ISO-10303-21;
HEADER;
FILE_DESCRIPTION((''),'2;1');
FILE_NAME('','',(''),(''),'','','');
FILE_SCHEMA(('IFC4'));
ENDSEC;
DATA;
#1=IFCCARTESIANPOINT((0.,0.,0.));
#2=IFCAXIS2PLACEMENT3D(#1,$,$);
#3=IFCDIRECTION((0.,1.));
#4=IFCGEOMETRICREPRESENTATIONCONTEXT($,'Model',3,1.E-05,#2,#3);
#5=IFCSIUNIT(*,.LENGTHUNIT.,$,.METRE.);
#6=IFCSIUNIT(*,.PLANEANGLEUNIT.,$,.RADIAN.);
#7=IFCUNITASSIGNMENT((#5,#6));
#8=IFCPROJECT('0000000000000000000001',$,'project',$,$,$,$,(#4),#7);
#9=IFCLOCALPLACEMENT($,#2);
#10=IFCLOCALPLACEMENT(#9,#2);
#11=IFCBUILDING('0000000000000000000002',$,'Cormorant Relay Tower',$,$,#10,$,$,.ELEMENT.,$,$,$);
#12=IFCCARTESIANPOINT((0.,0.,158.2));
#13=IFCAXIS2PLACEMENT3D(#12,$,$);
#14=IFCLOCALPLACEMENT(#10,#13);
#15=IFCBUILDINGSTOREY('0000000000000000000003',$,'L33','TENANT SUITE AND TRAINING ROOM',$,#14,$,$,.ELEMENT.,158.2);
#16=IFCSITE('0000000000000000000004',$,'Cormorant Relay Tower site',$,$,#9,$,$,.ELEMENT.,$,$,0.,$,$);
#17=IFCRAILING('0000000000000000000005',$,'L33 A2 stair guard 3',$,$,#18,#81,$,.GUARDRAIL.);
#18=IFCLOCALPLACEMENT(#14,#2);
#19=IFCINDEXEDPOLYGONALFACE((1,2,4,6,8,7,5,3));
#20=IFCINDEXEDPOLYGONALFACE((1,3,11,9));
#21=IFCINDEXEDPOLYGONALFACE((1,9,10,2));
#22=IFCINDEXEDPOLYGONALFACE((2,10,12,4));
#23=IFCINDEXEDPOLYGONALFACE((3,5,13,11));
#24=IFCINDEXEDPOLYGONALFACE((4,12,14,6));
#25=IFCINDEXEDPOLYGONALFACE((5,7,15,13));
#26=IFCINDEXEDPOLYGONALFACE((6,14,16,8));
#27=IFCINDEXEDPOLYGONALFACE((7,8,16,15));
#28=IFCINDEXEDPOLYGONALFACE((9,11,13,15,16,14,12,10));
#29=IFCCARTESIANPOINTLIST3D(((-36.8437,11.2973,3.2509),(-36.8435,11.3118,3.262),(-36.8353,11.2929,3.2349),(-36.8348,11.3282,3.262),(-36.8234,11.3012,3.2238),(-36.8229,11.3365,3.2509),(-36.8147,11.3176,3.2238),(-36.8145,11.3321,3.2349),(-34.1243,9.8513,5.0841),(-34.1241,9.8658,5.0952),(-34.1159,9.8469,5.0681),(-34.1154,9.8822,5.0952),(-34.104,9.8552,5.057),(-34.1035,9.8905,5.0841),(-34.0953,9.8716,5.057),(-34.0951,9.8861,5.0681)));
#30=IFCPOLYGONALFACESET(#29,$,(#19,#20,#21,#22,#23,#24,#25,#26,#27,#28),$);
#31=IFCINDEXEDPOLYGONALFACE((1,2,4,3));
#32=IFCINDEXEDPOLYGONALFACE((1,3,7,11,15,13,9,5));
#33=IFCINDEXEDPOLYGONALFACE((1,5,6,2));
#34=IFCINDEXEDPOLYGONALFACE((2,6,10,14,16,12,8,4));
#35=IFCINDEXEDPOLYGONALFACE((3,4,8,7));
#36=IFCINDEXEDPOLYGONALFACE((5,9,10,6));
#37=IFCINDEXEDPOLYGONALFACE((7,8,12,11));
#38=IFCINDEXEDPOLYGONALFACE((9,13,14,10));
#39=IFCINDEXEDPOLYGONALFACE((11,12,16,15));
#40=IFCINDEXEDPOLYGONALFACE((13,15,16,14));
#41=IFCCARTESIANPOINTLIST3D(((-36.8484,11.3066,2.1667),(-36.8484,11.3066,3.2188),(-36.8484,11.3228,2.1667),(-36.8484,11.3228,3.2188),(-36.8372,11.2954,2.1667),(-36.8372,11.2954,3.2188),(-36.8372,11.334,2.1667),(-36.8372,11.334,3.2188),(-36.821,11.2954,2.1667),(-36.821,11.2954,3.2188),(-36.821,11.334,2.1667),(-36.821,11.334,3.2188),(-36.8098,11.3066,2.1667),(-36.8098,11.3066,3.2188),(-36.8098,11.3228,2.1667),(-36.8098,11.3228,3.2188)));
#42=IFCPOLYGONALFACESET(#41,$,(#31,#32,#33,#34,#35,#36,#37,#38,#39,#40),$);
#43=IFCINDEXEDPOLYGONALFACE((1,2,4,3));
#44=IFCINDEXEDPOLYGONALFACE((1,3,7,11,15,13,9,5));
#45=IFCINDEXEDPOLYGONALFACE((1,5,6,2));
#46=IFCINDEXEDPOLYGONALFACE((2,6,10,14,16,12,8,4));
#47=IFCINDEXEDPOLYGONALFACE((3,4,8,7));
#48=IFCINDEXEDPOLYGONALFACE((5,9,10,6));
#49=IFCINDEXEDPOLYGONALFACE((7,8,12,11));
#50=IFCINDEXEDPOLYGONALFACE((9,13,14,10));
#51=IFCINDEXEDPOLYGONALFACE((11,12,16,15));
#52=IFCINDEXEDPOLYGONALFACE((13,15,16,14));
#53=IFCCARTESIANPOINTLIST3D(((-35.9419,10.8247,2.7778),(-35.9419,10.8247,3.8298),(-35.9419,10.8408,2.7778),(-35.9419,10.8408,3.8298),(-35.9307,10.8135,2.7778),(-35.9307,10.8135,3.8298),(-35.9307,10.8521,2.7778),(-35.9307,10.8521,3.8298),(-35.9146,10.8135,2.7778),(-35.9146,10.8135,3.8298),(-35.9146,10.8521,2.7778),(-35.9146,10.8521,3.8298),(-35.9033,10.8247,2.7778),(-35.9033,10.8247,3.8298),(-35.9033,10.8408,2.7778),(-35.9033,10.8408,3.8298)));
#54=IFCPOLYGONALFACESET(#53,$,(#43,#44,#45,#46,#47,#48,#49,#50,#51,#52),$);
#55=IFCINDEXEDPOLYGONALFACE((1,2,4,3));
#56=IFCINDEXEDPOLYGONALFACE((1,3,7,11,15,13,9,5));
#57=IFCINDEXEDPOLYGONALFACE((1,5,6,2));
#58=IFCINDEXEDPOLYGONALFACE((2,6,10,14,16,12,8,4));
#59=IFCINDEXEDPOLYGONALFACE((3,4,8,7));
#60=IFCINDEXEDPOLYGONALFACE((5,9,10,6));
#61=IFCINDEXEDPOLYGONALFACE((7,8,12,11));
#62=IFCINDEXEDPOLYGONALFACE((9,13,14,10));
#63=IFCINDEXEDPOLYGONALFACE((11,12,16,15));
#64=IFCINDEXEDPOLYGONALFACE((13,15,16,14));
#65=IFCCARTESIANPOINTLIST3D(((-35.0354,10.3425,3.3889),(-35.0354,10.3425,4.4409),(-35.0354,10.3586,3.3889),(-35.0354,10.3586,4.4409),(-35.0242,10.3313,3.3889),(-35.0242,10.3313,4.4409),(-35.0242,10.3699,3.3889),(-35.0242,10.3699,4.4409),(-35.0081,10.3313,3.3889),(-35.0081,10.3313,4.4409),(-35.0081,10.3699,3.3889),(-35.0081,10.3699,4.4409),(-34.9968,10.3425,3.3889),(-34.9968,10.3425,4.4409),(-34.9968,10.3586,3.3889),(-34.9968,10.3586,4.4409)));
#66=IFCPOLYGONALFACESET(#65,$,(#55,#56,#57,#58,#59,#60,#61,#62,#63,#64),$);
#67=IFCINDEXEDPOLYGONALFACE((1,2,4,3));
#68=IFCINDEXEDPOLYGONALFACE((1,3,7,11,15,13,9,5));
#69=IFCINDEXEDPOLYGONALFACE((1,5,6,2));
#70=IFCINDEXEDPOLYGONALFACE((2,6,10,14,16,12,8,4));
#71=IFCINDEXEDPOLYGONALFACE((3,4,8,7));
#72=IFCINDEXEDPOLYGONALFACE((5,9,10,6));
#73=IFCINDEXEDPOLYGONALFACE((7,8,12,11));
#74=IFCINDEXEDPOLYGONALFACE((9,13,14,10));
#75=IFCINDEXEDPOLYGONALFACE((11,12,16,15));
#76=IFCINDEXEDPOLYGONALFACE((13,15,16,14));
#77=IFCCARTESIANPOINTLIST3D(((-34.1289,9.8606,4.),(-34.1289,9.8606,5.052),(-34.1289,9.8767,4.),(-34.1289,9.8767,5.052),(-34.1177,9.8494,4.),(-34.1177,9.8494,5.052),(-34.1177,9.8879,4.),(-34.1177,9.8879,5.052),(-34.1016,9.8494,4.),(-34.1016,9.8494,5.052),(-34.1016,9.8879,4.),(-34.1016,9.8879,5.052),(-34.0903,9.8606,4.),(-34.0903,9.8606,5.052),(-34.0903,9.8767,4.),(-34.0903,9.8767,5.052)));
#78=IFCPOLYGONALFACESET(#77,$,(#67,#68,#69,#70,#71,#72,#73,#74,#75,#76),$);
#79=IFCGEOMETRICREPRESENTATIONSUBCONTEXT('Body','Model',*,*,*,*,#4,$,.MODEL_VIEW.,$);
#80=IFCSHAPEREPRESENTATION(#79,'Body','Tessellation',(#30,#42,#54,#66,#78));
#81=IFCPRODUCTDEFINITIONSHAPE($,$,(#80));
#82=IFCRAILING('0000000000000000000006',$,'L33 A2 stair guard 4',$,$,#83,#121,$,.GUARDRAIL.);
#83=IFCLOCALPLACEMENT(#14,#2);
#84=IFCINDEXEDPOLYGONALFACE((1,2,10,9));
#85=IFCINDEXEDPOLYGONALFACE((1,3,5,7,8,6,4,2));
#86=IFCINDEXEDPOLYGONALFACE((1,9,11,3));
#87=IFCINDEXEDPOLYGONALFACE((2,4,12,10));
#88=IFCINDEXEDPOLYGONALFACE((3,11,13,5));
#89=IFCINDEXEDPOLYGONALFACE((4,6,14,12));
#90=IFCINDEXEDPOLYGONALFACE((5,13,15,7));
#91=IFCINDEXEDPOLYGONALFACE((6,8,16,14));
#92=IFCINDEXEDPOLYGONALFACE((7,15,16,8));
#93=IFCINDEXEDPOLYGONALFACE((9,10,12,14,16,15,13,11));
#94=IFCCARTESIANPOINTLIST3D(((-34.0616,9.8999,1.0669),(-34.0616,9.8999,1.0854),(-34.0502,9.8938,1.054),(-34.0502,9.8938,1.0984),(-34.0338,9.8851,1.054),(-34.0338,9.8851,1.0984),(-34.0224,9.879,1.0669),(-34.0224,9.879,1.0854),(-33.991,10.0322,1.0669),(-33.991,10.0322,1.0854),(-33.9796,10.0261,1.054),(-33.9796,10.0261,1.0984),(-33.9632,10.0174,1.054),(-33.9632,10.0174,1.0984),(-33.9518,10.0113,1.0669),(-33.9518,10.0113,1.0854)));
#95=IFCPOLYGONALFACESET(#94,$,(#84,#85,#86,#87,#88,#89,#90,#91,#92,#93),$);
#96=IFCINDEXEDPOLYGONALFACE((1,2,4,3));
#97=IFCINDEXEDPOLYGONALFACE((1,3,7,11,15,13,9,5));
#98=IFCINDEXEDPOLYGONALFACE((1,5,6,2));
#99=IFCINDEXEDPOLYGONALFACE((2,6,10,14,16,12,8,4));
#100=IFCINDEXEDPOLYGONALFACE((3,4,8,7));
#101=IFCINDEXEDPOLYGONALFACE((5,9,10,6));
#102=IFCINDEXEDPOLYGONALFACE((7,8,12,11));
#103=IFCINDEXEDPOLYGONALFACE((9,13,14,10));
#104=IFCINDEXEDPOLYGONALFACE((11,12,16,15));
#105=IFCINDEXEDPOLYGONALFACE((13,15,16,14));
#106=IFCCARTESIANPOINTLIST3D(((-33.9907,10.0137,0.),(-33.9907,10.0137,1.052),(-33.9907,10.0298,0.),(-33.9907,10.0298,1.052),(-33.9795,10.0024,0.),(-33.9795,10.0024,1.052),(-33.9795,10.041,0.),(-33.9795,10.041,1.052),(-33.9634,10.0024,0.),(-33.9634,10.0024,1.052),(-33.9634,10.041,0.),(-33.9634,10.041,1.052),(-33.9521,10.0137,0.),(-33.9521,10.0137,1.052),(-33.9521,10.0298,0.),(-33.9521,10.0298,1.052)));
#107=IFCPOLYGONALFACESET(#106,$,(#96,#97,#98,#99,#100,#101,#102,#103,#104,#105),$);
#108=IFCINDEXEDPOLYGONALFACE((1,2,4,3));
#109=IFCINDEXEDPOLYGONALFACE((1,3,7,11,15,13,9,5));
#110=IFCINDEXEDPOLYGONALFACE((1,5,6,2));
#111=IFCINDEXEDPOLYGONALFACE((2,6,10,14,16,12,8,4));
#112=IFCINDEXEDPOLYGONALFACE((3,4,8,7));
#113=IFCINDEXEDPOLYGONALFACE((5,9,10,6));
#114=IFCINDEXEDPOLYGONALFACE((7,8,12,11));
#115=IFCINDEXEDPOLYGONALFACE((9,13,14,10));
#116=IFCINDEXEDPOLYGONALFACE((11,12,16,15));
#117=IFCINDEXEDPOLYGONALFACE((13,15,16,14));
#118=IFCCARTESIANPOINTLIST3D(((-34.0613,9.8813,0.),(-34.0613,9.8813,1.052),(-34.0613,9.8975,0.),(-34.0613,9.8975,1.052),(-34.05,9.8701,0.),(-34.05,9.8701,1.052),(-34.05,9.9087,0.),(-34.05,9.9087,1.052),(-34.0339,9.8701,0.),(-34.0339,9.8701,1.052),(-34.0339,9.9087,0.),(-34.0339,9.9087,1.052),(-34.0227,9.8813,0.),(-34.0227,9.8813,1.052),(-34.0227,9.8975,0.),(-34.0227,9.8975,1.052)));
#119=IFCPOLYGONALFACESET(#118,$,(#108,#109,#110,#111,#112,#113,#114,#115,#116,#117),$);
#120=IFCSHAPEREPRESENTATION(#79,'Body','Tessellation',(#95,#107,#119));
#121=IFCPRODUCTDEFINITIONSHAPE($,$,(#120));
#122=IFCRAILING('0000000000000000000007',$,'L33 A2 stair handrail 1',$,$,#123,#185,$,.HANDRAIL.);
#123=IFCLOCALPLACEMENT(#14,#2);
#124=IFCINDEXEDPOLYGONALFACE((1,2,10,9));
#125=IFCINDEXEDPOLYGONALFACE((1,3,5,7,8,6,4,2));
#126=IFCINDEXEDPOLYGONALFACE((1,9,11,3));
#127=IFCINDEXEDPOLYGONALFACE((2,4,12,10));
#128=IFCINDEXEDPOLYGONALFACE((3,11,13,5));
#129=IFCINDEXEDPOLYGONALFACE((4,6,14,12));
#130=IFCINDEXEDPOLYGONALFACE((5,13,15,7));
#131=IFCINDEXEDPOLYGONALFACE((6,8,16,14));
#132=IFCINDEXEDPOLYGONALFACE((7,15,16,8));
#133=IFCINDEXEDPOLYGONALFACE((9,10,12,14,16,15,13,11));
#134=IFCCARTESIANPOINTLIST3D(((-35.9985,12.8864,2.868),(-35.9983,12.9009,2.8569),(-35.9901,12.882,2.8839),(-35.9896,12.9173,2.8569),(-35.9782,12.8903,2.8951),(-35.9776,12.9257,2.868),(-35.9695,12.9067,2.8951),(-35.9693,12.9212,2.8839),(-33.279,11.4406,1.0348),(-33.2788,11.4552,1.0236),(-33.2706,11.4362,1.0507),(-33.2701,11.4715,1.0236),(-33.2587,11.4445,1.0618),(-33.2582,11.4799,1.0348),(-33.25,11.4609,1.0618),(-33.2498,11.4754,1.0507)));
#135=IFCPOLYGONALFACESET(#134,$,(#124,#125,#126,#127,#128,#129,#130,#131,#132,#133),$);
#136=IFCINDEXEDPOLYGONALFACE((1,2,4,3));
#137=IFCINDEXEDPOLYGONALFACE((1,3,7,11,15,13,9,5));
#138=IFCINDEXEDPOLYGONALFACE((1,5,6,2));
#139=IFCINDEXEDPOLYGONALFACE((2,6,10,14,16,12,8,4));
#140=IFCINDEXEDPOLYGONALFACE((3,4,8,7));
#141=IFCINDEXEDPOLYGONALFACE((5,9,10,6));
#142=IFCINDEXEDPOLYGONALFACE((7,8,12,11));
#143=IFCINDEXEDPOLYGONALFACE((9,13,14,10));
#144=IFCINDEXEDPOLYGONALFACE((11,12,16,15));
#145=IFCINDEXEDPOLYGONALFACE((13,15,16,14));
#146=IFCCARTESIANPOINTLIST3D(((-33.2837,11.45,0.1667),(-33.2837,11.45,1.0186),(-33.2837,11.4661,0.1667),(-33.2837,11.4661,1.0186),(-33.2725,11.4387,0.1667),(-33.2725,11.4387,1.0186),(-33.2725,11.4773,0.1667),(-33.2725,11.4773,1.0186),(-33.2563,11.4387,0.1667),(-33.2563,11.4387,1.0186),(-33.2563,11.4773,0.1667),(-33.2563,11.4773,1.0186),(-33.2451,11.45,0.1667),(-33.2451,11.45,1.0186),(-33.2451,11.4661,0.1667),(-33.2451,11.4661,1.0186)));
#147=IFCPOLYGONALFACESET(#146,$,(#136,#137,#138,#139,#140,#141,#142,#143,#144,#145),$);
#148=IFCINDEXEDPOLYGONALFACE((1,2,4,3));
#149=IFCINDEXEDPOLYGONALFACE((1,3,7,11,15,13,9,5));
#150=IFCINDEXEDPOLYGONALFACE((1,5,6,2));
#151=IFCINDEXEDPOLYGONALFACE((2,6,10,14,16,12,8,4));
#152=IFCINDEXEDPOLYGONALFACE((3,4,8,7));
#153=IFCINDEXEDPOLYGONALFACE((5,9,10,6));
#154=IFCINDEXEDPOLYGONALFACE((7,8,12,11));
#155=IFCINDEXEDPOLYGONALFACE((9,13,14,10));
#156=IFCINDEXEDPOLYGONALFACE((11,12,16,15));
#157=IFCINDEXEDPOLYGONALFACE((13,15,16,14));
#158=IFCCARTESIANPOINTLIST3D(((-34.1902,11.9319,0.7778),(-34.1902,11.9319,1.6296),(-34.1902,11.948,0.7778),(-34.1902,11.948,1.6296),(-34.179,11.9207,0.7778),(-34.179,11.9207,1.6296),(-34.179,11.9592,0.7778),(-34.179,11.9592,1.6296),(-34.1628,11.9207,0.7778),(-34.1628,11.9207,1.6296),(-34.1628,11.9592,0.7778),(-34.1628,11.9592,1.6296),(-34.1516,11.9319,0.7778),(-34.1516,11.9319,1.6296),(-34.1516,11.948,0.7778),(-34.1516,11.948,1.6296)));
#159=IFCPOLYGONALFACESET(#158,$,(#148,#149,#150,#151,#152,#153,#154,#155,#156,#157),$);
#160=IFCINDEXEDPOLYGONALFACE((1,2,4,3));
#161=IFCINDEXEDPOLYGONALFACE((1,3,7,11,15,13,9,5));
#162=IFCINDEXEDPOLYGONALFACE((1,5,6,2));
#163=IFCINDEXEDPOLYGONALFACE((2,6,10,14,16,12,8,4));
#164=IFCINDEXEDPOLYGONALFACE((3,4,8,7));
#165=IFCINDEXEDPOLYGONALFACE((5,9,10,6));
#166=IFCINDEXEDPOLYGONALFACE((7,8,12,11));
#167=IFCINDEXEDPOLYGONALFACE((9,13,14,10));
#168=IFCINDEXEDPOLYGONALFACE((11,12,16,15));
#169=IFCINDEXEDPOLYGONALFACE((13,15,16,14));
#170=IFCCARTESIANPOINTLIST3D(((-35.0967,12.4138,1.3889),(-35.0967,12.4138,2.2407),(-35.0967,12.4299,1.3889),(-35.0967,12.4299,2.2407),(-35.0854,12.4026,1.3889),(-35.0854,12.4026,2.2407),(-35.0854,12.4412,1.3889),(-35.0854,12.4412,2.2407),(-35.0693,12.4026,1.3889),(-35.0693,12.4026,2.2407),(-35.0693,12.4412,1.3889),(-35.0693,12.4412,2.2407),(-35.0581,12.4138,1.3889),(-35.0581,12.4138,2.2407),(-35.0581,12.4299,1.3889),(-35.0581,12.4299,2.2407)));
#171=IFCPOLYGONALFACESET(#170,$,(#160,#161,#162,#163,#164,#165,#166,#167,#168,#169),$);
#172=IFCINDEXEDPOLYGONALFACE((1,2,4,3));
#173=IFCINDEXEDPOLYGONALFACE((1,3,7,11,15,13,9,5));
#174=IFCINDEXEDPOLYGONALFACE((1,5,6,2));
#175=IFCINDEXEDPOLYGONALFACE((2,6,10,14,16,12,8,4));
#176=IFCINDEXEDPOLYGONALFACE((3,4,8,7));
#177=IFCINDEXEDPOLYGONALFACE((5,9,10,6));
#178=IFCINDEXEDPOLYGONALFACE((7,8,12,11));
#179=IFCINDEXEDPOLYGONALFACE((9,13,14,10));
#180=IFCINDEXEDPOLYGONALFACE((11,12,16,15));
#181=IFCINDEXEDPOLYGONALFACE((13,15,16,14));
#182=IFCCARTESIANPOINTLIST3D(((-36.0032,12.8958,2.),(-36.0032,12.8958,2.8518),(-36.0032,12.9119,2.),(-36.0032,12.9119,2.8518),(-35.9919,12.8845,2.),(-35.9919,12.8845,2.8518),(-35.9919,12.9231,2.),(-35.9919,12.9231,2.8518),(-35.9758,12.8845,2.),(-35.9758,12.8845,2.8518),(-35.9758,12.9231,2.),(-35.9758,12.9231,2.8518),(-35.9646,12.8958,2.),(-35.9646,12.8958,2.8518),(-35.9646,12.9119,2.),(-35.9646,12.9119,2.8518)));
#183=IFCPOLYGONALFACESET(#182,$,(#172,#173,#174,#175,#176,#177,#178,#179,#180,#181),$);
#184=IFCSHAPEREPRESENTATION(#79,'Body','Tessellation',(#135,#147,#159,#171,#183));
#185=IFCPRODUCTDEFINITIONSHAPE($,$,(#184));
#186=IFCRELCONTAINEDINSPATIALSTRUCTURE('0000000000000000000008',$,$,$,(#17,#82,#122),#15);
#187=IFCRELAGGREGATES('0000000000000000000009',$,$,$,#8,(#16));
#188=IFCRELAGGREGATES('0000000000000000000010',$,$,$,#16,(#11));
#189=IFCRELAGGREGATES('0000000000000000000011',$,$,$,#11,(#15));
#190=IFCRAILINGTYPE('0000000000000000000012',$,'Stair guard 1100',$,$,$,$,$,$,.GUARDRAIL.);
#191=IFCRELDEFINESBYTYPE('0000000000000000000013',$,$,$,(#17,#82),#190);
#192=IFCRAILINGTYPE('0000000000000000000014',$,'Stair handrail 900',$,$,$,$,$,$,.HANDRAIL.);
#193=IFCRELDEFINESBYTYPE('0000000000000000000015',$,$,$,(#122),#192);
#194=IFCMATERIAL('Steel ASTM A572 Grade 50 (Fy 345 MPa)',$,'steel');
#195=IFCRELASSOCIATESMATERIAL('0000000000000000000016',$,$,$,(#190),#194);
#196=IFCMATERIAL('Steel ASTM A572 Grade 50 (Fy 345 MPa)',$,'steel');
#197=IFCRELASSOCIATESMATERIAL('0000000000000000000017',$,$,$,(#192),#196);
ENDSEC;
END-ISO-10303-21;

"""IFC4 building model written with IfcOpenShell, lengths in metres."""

from ifc_helpers import new_model, si_unit, direction, frame, origin, place, context, subcontext, project, spatial, polyline, outline, extrude, material, type_object, element, save


model = new_model("IFC4")

# Units and contexts
model_context = context("Model", 3, precision=1e-05, world=origin(), true_north=direction((0.0, 1.0)))
body_context = subcontext(model_context, "Body", "Model", "MODEL_VIEW")
ifc_project = project(units=[si_unit("LENGTHUNIT", "METRE"), si_unit("PLANEANGLEUNIT", "RADIAN")], contexts=[model_context])

# Site, building, storey
site_placement = place(None, origin())
site = spatial("IfcSite", under=ifc_project, at=site_placement, Name="Cormorant Relay Tower site", CompositionType="ELEMENT", RefElevation=0.0)
building_placement = place(site_placement, origin())
building = spatial("IfcBuilding", under=site, at=building_placement, Name="Cormorant Relay Tower", CompositionType="ELEMENT")
storey_placement = place(building_placement, frame((0.0, 0.0, 158.2)))
storey = spatial("IfcBuildingStorey", under=building, at=storey_placement, Name="L33", Description="TENANT SUITE AND TRAINING ROOM", CompositionType="ELEMENT", Elevation=158.2)

# Railings
ifc_material_1 = material(Name="Steel ASTM A572 Grade 50 (Fy 345 MPa)", Category="steel")
railing_type_1 = type_object("IfcRailingType", Name="Stair guard 1100", PredefinedType="GUARDRAIL", material=ifc_material_1)
railing_1_placement = place(storey_placement, frame((-36.8291, 11.3147, 2.1667)))
element("IfcRailing", 1, at=railing_1_placement, inside=storey, type_object=railing_type_1, Name="L33 A2 stair guard 3", PredefinedType="GUARDRAIL", context=body_context, shape_type="SweptSolid", body=[
    extrude(outline(polyline([(0.0222, 0.0093), (0.0093, 0.0222), (-0.0093, 0.0222), (-0.0222, 0.0093), (-0.0222, -0.0093), (-0.0093, -0.0222), (0.0093, -0.0222), (0.0222, -0.0093), (0.0222, 0.0093)])), frame((0.0, 0.0, 1.0762), z_axis=(0.758714, -0.403435, 0.511463), x_axis=(0.469489, 0.882938, 0.0)), (0.0, 0.0, 1.0), 3.5842),
    extrude(outline(polyline([(0.0193, 0.0081), (0.0081, 0.0193), (-0.0081, 0.0193), (-0.0193, 0.0081), (-0.0193, -0.0081), (-0.0081, -0.0193), (0.0081, -0.0193), (0.0193, -0.0081), (0.0193, 0.0081)])), origin(), (0.0, 0.0, 1.0), 1.052),
    extrude(outline(polyline([(0.0193, 0.0081), (0.0081, 0.0193), (-0.0081, 0.0193), (-0.0193, 0.0081), (-0.0193, -0.0081), (-0.0081, -0.0193), (0.0081, -0.0193), (0.0193, -0.0081), (0.0193, 0.0081)])), frame((0.9065, -0.4819, 0.6111)), (0.0, 0.0, 1.0), 1.052),
    extrude(outline(polyline([(0.0193, 0.0081), (0.0081, 0.0193), (-0.0081, 0.0193), (-0.0193, 0.0081), (-0.0193, -0.0081), (-0.0081, -0.0193), (0.0081, -0.0193), (0.0193, -0.0081), (0.0193, 0.0081)])), frame((1.813, -0.9641, 1.2222)), (0.0, 0.0, 1.0), 1.052),
    extrude(outline(polyline([(0.0193, 0.0081), (0.0081, 0.0193), (-0.0081, 0.0193), (-0.0193, 0.0081), (-0.0193, -0.0081), (-0.0081, -0.0193), (0.0081, -0.0193), (0.0193, -0.0081), (0.0193, 0.0081)])), frame((2.7195, -1.446, 1.8333)), (0.0, 0.0, 1.0), 1.052),
])
railing_2_placement = place(storey_placement, frame((-33.9714, 10.0217, 0.0)))
element("IfcRailing", 2, at=railing_2_placement, inside=storey, type_object=railing_type_1, Name="L33 A2 stair guard 4", PredefinedType="GUARDRAIL", context=body_context, shape_type="SweptSolid", body=[
    extrude(outline(polyline([(0.0222, 0.0093), (0.0093, 0.0222), (-0.0093, 0.0222), (-0.0222, 0.0093), (-0.0222, -0.0093), (-0.0093, -0.0222), (0.0093, -0.0222), (0.0222, -0.0093), (0.0222, 0.0093)])), frame((0.0, 0.0, 1.0762), z_axis=(-0.470504, -0.882398, 0.0), x_axis=(0.882398, -0.470504, 0.0)), (0.0, 0.0, 1.0), 0.1499),
    extrude(outline(polyline([(0.0193, 0.0081), (0.0081, 0.0193), (-0.0081, 0.0193), (-0.0193, 0.0081), (-0.0193, -0.0081), (-0.0081, -0.0193), (0.0081, -0.0193), (0.0193, -0.0081), (0.0193, 0.0081)])), origin(), (0.0, 0.0, 1.0), 1.052),
    extrude(outline(polyline([(0.0193, 0.0081), (0.0081, 0.0193), (-0.0081, 0.0193), (-0.0193, 0.0081), (-0.0193, -0.0081), (-0.0081, -0.0193), (0.0081, -0.0193), (0.0193, -0.0081), (0.0193, 0.0081)])), frame((-0.0706, -0.1323, 0.0)), (0.0, 0.0, 1.0), 1.052),
])
ifc_material_2 = material(Name="Steel ASTM A572 Grade 50 (Fy 345 MPa)", Category="steel")
railing_type_2 = type_object("IfcRailingType", Name="Stair handrail 900", PredefinedType="HANDRAIL", material=ifc_material_2)
railing_3_placement = place(storey_placement, frame((-33.2644, 11.458, 0.1667)))
element("IfcRailing", 3, at=railing_3_placement, inside=storey, type_object=railing_type_2, Name="L33 A2 stair handrail 1", PredefinedType="HANDRAIL", context=body_context, shape_type="SweptSolid", body=[
    extrude(outline(polyline([(0.0222, 0.0093), (0.0093, 0.0222), (-0.0093, 0.0222), (-0.0222, 0.0093), (-0.0222, -0.0093), (-0.0093, -0.0222), (0.0093, -0.0222), (0.0222, -0.0093), (0.0222, 0.0093)])), frame((0.0, 0.0, 0.876), z_axis=(-0.758735, 0.403378, 0.511477), x_axis=(-0.469428, -0.882971, 0.0)), (0.0, 0.0, 1.0), 3.5842),
    extrude(outline(polyline([(0.0193, 0.0081), (0.0081, 0.0193), (-0.0081, 0.0193), (-0.0193, 0.0081), (-0.0193, -0.0081), (-0.0081, -0.0193), (0.0081, -0.0193), (0.0193, -0.0081), (0.0193, 0.0081)])), origin(), (0.0, 0.0, 1.0), 0.8518),
    extrude(outline(polyline([(0.0193, 0.0081), (0.0081, 0.0193), (-0.0081, 0.0193), (-0.0193, 0.0081), (-0.0193, -0.0081), (-0.0081, -0.0193), (0.0081, -0.0193), (0.0193, -0.0081), (0.0193, 0.0081)])), frame((-0.9065, 0.4819, 0.6111)), (0.0, 0.0, 1.0), 0.8518),
    extrude(outline(polyline([(0.0193, 0.0081), (0.0081, 0.0193), (-0.0081, 0.0193), (-0.0193, 0.0081), (-0.0193, -0.0081), (-0.0081, -0.0193), (0.0081, -0.0193), (0.0193, -0.0081), (0.0193, 0.0081)])), frame((-1.813, 0.9639, 1.2222)), (0.0, 0.0, 1.0), 0.8518),
    extrude(outline(polyline([(0.0193, 0.0081), (0.0081, 0.0193), (-0.0081, 0.0193), (-0.0193, 0.0081), (-0.0193, -0.0081), (-0.0081, -0.0193), (0.0081, -0.0193), (0.0193, -0.0081), (0.0193, 0.0081)])), frame((-2.7195, 1.4458, 1.8333)), (0.0, 0.0, 1.0), 0.8518),
])

save(model, "model.ifc")
